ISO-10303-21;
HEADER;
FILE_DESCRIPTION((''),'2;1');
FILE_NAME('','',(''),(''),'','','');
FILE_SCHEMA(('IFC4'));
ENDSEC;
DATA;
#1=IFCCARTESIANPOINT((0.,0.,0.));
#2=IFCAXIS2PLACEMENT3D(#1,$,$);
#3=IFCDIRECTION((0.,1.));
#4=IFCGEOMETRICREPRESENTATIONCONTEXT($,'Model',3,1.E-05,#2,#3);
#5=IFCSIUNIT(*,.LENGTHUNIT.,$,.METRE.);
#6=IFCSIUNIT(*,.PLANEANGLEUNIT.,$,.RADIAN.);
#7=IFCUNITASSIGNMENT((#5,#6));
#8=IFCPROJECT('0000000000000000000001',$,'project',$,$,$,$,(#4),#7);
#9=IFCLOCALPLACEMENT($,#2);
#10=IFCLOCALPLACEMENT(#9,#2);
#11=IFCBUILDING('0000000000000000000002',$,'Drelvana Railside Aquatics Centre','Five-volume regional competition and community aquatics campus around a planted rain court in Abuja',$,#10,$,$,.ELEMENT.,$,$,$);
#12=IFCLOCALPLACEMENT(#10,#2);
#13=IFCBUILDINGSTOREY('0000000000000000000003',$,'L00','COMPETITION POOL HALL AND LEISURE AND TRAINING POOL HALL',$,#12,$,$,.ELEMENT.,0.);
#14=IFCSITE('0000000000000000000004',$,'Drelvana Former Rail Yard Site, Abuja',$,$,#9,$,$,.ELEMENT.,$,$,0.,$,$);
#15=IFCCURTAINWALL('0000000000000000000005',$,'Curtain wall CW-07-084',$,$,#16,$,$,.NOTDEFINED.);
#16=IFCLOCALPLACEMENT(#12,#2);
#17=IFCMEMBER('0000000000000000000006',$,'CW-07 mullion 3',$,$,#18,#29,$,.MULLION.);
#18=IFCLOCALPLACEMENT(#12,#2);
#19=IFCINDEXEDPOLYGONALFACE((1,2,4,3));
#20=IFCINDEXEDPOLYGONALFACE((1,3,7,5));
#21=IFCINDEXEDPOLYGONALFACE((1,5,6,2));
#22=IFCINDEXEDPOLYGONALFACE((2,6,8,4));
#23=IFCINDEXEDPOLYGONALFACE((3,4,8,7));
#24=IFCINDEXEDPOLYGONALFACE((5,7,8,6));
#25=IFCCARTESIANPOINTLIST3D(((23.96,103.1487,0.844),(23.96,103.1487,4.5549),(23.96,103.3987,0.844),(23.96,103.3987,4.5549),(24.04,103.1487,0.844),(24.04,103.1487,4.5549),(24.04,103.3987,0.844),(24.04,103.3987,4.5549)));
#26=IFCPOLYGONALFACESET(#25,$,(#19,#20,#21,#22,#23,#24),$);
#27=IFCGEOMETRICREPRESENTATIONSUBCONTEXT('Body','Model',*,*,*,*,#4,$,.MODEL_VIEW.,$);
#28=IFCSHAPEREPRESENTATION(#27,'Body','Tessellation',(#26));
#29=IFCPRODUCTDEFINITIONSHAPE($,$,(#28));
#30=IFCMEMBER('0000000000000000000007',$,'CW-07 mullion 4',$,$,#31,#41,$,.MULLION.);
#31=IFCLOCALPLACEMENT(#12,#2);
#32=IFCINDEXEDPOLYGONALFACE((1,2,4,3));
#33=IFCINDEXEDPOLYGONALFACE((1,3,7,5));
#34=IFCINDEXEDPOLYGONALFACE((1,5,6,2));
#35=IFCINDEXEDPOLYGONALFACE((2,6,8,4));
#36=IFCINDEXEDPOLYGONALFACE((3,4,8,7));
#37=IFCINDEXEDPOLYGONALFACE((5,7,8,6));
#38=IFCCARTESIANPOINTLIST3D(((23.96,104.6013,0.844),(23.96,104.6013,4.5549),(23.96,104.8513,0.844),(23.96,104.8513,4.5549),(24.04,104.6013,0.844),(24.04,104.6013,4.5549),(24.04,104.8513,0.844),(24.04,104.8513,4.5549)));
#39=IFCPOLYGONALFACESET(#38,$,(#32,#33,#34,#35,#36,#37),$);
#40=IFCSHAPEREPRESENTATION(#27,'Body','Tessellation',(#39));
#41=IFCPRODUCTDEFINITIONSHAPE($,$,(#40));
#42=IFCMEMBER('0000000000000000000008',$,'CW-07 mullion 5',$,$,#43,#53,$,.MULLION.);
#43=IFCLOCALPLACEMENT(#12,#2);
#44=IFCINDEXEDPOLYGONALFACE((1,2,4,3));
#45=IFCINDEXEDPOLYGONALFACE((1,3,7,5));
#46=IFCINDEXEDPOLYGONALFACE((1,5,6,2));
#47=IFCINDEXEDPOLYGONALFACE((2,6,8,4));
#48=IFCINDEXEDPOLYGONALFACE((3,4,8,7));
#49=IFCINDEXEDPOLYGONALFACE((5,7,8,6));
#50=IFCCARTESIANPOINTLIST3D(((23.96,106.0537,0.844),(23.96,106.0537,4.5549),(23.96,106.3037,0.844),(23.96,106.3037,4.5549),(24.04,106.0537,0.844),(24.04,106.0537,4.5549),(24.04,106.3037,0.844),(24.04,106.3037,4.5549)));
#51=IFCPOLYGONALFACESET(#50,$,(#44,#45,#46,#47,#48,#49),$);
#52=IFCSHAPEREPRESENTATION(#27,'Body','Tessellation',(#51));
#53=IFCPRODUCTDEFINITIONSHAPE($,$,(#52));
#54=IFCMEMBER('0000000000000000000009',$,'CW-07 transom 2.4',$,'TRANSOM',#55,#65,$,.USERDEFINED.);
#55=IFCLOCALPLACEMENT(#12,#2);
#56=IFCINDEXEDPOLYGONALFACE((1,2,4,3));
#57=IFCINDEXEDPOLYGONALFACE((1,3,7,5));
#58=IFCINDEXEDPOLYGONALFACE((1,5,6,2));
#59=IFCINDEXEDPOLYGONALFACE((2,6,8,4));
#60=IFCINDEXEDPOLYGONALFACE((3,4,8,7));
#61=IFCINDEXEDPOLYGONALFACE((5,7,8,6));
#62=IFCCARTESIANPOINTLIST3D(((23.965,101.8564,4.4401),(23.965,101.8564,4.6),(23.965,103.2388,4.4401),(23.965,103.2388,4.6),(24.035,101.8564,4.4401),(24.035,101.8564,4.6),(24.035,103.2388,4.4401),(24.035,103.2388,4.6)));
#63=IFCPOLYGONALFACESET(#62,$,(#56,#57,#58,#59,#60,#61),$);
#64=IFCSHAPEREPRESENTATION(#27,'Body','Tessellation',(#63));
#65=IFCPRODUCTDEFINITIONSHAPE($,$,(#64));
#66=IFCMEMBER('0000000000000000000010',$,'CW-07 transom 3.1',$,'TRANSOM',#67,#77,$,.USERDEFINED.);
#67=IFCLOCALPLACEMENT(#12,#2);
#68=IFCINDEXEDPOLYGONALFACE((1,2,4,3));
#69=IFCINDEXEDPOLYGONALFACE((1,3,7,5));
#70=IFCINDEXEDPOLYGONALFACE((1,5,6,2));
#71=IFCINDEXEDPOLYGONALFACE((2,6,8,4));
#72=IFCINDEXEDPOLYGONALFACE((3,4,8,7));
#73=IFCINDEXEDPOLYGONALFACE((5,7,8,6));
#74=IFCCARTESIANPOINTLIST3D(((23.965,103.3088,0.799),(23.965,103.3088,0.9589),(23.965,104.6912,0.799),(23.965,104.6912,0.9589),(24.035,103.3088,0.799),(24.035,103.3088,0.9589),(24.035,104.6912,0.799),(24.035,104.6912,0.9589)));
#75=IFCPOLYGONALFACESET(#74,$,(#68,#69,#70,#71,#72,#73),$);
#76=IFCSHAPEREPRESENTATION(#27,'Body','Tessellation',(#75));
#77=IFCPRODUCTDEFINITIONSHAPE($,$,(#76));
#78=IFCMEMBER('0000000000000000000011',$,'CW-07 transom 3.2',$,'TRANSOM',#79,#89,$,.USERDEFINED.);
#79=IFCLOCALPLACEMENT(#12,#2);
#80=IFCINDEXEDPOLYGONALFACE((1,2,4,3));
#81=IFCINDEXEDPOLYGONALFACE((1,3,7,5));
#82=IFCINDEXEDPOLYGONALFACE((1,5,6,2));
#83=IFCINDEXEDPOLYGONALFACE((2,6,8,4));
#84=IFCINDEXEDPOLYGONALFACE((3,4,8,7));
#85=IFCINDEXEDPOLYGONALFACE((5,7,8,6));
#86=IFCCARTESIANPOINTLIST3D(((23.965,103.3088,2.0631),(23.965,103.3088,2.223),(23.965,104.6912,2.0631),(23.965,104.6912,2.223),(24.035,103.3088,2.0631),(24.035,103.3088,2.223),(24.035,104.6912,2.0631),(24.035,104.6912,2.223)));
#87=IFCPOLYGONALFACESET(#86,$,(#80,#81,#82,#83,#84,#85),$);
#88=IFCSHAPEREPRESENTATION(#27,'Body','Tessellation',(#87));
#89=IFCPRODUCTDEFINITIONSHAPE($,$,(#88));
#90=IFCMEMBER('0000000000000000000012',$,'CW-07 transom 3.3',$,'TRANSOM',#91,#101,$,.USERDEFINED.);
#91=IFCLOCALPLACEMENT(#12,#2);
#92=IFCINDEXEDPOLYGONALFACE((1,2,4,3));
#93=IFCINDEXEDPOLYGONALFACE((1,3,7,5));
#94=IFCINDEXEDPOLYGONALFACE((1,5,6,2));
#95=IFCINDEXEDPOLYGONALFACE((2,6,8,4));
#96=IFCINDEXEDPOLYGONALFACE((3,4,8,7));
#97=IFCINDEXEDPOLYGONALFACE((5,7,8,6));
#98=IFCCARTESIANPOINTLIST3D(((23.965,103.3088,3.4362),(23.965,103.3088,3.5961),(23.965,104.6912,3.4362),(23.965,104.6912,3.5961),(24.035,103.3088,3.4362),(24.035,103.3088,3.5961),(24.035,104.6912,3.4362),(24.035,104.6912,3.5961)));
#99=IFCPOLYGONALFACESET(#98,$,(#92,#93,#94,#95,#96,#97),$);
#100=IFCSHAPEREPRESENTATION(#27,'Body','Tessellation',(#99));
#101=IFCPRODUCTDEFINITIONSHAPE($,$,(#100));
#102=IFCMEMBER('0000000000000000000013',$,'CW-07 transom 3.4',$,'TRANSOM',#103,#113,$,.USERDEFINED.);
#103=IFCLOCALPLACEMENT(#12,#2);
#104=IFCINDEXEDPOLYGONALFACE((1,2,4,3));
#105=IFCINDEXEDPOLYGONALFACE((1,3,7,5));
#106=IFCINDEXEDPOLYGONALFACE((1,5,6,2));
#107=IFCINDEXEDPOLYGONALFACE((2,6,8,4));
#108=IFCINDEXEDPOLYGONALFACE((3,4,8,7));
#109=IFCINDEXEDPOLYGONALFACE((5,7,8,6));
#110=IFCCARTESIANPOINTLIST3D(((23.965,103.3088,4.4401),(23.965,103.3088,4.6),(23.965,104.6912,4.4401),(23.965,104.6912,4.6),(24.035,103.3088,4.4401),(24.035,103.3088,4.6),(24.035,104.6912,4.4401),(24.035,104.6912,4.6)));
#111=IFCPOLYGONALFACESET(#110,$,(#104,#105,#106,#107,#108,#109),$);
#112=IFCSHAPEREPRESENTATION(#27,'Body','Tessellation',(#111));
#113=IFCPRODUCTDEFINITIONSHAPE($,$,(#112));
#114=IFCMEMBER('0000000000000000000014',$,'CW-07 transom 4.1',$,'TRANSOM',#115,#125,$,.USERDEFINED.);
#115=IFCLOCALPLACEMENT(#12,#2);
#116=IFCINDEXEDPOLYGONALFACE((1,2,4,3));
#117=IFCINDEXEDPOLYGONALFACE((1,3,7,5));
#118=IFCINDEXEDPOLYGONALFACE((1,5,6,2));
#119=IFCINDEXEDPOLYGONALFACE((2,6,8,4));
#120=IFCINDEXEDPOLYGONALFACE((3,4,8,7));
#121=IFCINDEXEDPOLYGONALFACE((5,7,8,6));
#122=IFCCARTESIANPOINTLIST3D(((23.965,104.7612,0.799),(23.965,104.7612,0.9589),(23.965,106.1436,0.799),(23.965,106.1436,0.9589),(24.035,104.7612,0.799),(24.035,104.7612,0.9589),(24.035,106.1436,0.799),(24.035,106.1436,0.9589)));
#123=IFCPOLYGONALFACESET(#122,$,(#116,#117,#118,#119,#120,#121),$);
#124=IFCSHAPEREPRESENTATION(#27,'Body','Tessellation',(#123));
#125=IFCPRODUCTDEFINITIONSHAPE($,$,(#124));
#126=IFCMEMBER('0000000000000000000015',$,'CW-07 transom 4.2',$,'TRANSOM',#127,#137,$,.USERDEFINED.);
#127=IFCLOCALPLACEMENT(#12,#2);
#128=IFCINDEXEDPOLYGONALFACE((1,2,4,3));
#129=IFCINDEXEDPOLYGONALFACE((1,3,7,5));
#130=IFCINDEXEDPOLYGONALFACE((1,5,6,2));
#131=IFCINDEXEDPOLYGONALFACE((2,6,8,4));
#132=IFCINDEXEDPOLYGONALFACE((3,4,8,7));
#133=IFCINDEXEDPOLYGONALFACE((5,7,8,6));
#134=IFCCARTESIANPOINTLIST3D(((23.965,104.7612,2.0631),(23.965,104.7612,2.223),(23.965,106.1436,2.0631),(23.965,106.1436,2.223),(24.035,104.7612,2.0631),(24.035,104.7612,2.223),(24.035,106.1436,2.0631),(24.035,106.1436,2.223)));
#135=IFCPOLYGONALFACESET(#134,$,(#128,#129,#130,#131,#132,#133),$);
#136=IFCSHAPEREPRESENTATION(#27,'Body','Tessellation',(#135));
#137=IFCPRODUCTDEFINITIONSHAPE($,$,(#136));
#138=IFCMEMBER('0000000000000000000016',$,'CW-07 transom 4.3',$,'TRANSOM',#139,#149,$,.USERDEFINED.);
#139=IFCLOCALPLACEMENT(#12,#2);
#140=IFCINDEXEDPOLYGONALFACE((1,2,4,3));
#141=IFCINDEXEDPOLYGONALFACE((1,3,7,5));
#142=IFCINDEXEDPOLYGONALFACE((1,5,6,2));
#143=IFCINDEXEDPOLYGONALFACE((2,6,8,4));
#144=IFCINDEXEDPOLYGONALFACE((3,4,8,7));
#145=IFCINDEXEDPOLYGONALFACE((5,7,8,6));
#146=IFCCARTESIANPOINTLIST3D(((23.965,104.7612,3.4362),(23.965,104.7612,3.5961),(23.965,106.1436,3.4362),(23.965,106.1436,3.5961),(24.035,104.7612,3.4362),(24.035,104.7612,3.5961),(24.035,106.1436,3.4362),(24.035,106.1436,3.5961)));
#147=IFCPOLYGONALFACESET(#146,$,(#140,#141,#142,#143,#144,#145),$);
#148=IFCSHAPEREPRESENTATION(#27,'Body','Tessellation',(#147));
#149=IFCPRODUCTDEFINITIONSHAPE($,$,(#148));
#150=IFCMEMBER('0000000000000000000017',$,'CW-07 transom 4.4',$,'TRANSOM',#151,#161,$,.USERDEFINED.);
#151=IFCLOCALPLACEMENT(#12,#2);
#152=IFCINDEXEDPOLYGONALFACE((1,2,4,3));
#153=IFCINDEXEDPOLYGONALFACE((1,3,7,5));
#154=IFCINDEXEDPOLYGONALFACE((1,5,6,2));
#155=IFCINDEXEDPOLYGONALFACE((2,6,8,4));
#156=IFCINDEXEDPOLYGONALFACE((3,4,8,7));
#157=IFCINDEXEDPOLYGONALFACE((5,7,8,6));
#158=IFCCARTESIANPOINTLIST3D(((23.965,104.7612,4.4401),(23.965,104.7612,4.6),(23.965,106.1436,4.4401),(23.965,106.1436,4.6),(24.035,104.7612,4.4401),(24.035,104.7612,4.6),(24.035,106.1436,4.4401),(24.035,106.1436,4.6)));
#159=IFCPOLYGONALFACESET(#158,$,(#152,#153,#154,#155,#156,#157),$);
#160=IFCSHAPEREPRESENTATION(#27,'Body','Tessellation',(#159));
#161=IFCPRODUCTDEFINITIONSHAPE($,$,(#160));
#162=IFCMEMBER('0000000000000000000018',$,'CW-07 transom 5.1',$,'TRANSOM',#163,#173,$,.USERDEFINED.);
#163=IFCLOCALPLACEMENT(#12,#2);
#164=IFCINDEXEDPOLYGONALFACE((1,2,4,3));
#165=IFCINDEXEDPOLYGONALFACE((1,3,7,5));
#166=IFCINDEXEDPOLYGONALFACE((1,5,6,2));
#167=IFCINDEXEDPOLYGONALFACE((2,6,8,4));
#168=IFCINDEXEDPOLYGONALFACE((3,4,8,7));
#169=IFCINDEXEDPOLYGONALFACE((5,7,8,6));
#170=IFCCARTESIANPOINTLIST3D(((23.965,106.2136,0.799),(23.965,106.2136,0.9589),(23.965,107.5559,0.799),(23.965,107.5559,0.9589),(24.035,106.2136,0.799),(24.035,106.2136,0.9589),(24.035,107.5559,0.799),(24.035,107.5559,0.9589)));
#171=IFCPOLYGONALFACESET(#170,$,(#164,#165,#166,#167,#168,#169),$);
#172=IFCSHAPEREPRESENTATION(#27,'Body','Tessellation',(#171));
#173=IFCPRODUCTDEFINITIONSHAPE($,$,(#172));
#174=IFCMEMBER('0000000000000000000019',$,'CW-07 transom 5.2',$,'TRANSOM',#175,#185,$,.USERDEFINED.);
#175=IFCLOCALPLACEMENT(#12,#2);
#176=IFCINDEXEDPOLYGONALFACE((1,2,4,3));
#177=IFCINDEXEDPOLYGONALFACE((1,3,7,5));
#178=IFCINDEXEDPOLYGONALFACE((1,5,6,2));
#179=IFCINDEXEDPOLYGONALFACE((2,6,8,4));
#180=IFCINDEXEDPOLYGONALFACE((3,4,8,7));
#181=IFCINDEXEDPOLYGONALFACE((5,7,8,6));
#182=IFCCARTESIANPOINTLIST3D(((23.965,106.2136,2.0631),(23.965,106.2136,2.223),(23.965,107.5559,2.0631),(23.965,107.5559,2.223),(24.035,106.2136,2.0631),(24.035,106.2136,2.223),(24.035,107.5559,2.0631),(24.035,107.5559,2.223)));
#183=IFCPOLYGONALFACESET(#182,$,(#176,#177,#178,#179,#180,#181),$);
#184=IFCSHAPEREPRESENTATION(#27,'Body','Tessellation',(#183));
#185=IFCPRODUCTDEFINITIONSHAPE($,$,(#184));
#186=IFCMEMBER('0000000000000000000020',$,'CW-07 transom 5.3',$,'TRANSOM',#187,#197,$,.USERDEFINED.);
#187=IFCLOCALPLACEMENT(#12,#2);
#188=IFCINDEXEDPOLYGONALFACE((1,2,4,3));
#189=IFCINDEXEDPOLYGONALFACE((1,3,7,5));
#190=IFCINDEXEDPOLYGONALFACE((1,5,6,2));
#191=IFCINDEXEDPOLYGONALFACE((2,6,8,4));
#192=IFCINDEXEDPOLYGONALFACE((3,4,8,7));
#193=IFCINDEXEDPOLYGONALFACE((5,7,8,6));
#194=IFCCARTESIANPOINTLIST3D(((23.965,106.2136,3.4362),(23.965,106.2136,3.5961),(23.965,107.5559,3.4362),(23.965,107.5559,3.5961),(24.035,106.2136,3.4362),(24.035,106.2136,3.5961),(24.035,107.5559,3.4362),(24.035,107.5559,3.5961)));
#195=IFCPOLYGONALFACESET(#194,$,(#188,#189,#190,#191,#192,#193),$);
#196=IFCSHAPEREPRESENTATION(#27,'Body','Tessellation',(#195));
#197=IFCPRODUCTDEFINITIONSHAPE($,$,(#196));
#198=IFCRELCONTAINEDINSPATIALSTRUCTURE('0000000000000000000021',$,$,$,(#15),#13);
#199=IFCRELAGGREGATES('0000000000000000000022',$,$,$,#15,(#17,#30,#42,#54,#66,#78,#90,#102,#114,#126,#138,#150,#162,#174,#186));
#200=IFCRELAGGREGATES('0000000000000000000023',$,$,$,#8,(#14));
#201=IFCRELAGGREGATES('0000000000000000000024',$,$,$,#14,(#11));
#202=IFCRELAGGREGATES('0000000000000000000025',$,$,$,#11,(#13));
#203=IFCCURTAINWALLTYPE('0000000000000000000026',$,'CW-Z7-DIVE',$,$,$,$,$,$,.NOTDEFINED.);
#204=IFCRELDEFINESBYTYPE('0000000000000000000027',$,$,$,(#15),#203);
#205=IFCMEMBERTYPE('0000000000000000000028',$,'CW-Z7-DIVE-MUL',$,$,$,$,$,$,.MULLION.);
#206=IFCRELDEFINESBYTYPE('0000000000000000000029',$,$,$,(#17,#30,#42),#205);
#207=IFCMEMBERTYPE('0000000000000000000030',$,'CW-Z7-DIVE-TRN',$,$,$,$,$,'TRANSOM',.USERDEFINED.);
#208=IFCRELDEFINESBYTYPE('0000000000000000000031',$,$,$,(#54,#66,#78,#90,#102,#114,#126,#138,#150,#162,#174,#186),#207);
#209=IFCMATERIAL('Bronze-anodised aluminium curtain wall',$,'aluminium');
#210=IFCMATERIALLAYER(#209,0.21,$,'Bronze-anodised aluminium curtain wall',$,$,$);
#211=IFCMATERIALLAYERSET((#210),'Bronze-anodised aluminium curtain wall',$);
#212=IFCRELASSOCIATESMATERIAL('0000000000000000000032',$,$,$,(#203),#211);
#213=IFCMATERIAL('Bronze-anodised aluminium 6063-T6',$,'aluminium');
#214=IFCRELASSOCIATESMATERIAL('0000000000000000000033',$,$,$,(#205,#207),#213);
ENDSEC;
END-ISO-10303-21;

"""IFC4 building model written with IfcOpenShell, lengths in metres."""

from ifc_helpers import new_model, si_unit, direction, frame, origin, origin_2d, place, context, subcontext, project, spatial, rectangle, extrude, material, layer, layer_set, material_profile, profile_set, type_object, element, aggregate, save


model = new_model("IFC4")

# Units and contexts
model_context = context("Model", 3, precision=1e-05, world=origin(), true_north=direction((0.0, 1.0)))
body_context = subcontext(model_context, "Body", "Model", "MODEL_VIEW")
ifc_project = project(units=[si_unit("LENGTHUNIT", "METRE"), si_unit("PLANEANGLEUNIT", "RADIAN")], contexts=[model_context])

# Site, building, storey
site_placement = place(None, origin())
site = spatial("IfcSite", under=ifc_project, at=site_placement, Name="Drelvana Former Rail Yard Site, Abuja", CompositionType="ELEMENT", RefElevation=0.0)
building_placement = place(site_placement, origin())
building = spatial("IfcBuilding", under=site, at=building_placement, Name="Drelvana Railside Aquatics Centre", Description="Five-volume regional competition and community aquatics campus around a planted rain court in Abuja", CompositionType="ELEMENT")
storey_placement = place(building_placement, origin())
storey = spatial("IfcBuildingStorey", under=building, at=storey_placement, Name="L00", Description="COMPETITION POOL HALL AND LEISURE AND TRAINING POOL HALL", CompositionType="ELEMENT", Elevation=0.0)

# Curtain wall, members
ifc_material_1 = material(Name="Bronze-anodised aluminium curtain wall", Category="aluminium")
ifc_layer_1 = layer(ifc_material_1, 0.21, Name="Bronze-anodised aluminium curtain wall")
ifc_layer_set_1 = layer_set([ifc_layer_1], Name="Bronze-anodised aluminium curtain wall")
curtain_wall_type = type_object("IfcCurtainWallType", Name="CW-Z7-DIVE", PredefinedType="NOTDEFINED", material=ifc_layer_set_1)
curtain_wall_placement = place(storey_placement, origin())
curtain_wall = element("IfcCurtainWall", 1, at=curtain_wall_placement, inside=storey, type_object=curtain_wall_type, Name="Curtain wall CW-07-084", PredefinedType="NOTDEFINED")
ifc_material_2 = material(Name="Bronze-anodised aluminium 6063-T6", Category="aluminium")
ifc_material_profile_1 = material_profile(ifc_material_2, rectangle(XDim=0.0801, YDim=0.25, at=origin_2d()), Name="ALU-M 80x250")
ifc_profile_set_1 = profile_set([ifc_material_profile_1], Name="Bronze-anodised aluminium 6063-T6")
member_type_1 = type_object("IfcMemberType", Name="CW-Z7-DIVE-MUL", PredefinedType="MULLION", material=ifc_profile_set_1)
member_1_placement = place(storey_placement, frame((24.0, 103.2737, 0.844), z_axis=(0.0, 0.0, 1.0), x_axis=(-1.0, 0.0, 0.0)))
member_1 = element("IfcMember", 2, at=member_1_placement, type_object=member_type_1, Name="CW-07 mullion 3", PredefinedType="MULLION", context=body_context, shape_type="SweptSolid", body=[
    extrude(rectangle(XDim=0.0801, YDim=0.25, at=origin_2d()), origin(), (0.0, 0.0, 1.0), 3.7109),
])
member_2_placement = place(storey_placement, frame((24.0, 104.7263, 0.844), z_axis=(0.0, 0.0, 1.0), x_axis=(-1.0, 0.0, 0.0)))
member_2 = element("IfcMember", 3, at=member_2_placement, type_object=member_type_1, Name="CW-07 mullion 4", PredefinedType="MULLION", context=body_context, shape_type="SweptSolid", body=[
    extrude(rectangle(XDim=0.0801, YDim=0.25, at=origin_2d()), origin(), (0.0, 0.0, 1.0), 3.7109),
])
member_3_placement = place(storey_placement, frame((24.0, 106.1787, 0.844), z_axis=(0.0, 0.0, 1.0), x_axis=(-1.0, 0.0, 0.0)))
member_3 = element("IfcMember", 4, at=member_3_placement, type_object=member_type_1, Name="CW-07 mullion 5", PredefinedType="MULLION", context=body_context, shape_type="SweptSolid", body=[
    extrude(rectangle(XDim=0.0801, YDim=0.25, at=origin_2d()), origin(), (0.0, 0.0, 1.0), 3.7109),
])
ifc_material_profile_2 = material_profile(ifc_material_2, rectangle(XDim=0.1599, YDim=0.0701, at=origin_2d()), Name="ALU-T 70x160")
ifc_profile_set_2 = profile_set([ifc_material_profile_2], Name="Bronze-anodised aluminium 6063-T6")
member_type_2 = type_object("IfcMemberType", Name="CW-Z7-DIVE-TRN", ElementType="TRANSOM", PredefinedType="USERDEFINED", material=ifc_profile_set_2)
member_4_placement = place(storey_placement, frame((24.0, 101.8564, 4.52), z_axis=(0.0, 1.0, 0.0), x_axis=(0.0, 0.0, 1.0)))
member_4 = element("IfcMember", 5, at=member_4_placement, type_object=member_type_2, Name="CW-07 transom 2.4", ObjectType="TRANSOM", PredefinedType="USERDEFINED", context=body_context, shape_type="SweptSolid", body=[
    extrude(rectangle(XDim=0.1599, YDim=0.0701, at=origin_2d()), origin(), (0.0, 0.0, 1.0), 1.3823),
])
member_5_placement = place(storey_placement, frame((24.0, 103.3088, 0.8789), z_axis=(0.0, 1.0, 0.0), x_axis=(0.0, 0.0, 1.0)))
member_5 = element("IfcMember", 6, at=member_5_placement, type_object=member_type_2, Name="CW-07 transom 3.1", ObjectType="TRANSOM", PredefinedType="USERDEFINED", context=body_context, shape_type="SweptSolid", body=[
    extrude(rectangle(XDim=0.1599, YDim=0.0701, at=origin_2d()), origin(), (0.0, 0.0, 1.0), 1.3823),
])
member_6_placement = place(storey_placement, frame((24.0, 103.3088, 2.1431), z_axis=(0.0, 1.0, 0.0), x_axis=(0.0, 0.0, 1.0)))
member_6 = element("IfcMember", 7, at=member_6_placement, type_object=member_type_2, Name="CW-07 transom 3.2", ObjectType="TRANSOM", PredefinedType="USERDEFINED", context=body_context, shape_type="SweptSolid", body=[
    extrude(rectangle(XDim=0.1599, YDim=0.0701, at=origin_2d()), origin(), (0.0, 0.0, 1.0), 1.3823),
])
member_7_placement = place(storey_placement, frame((24.0, 103.3088, 3.5161), z_axis=(0.0, 1.0, 0.0), x_axis=(0.0, 0.0, 1.0)))
member_7 = element("IfcMember", 8, at=member_7_placement, type_object=member_type_2, Name="CW-07 transom 3.3", ObjectType="TRANSOM", PredefinedType="USERDEFINED", context=body_context, shape_type="SweptSolid", body=[
    extrude(rectangle(XDim=0.1599, YDim=0.0701, at=origin_2d()), origin(), (0.0, 0.0, 1.0), 1.3823),
])
member_8_placement = place(storey_placement, frame((24.0, 103.3088, 4.52), z_axis=(0.0, 1.0, 0.0), x_axis=(0.0, 0.0, 1.0)))
member_8 = element("IfcMember", 9, at=member_8_placement, type_object=member_type_2, Name="CW-07 transom 3.4", ObjectType="TRANSOM", PredefinedType="USERDEFINED", context=body_context, shape_type="SweptSolid", body=[
    extrude(rectangle(XDim=0.1599, YDim=0.0701, at=origin_2d()), origin(), (0.0, 0.0, 1.0), 1.3823),
])
member_9_placement = place(storey_placement, frame((24.0, 104.7612, 0.8789), z_axis=(0.0, 1.0, 0.0), x_axis=(0.0, 0.0, 1.0)))
member_9 = element("IfcMember", 10, at=member_9_placement, type_object=member_type_2, Name="CW-07 transom 4.1", ObjectType="TRANSOM", PredefinedType="USERDEFINED", context=body_context, shape_type="SweptSolid", body=[
    extrude(rectangle(XDim=0.1599, YDim=0.0701, at=origin_2d()), origin(), (0.0, 0.0, 1.0), 1.3823),
])
member_10_placement = place(storey_placement, frame((24.0, 104.7612, 2.1431), z_axis=(0.0, 1.0, 0.0), x_axis=(0.0, 0.0, 1.0)))
member_10 = element("IfcMember", 11, at=member_10_placement, type_object=member_type_2, Name="CW-07 transom 4.2", ObjectType="TRANSOM", PredefinedType="USERDEFINED", context=body_context, shape_type="SweptSolid", body=[
    extrude(rectangle(XDim=0.1599, YDim=0.0701, at=origin_2d()), origin(), (0.0, 0.0, 1.0), 1.3823),
])
member_11_placement = place(storey_placement, frame((24.0, 104.7612, 3.5161), z_axis=(0.0, 1.0, 0.0), x_axis=(0.0, 0.0, 1.0)))
member_11 = element("IfcMember", 12, at=member_11_placement, type_object=member_type_2, Name="CW-07 transom 4.3", ObjectType="TRANSOM", PredefinedType="USERDEFINED", context=body_context, shape_type="SweptSolid", body=[
    extrude(rectangle(XDim=0.1599, YDim=0.0701, at=origin_2d()), origin(), (0.0, 0.0, 1.0), 1.3823),
])
member_12_placement = place(storey_placement, frame((24.0, 104.7612, 4.52), z_axis=(0.0, 1.0, 0.0), x_axis=(0.0, 0.0, 1.0)))
member_12 = element("IfcMember", 13, at=member_12_placement, type_object=member_type_2, Name="CW-07 transom 4.4", ObjectType="TRANSOM", PredefinedType="USERDEFINED", context=body_context, shape_type="SweptSolid", body=[
    extrude(rectangle(XDim=0.1599, YDim=0.0701, at=origin_2d()), origin(), (0.0, 0.0, 1.0), 1.3823),
])
member_13_placement = place(storey_placement, frame((24.0, 106.2136, 0.8789), z_axis=(0.0, 1.0, 0.0), x_axis=(0.0, 0.0, 1.0)))
member_13 = element("IfcMember", 14, at=member_13_placement, type_object=member_type_2, Name="CW-07 transom 5.1", ObjectType="TRANSOM", PredefinedType="USERDEFINED", context=body_context, shape_type="SweptSolid", body=[
    extrude(rectangle(XDim=0.1599, YDim=0.0701, at=origin_2d()), origin(), (0.0, 0.0, 1.0), 1.3423),
])
member_14_placement = place(storey_placement, frame((24.0, 106.2136, 2.1431), z_axis=(0.0, 1.0, 0.0), x_axis=(0.0, 0.0, 1.0)))
member_14 = element("IfcMember", 15, at=member_14_placement, type_object=member_type_2, Name="CW-07 transom 5.2", ObjectType="TRANSOM", PredefinedType="USERDEFINED", context=body_context, shape_type="SweptSolid", body=[
    extrude(rectangle(XDim=0.1599, YDim=0.0701, at=origin_2d()), origin(), (0.0, 0.0, 1.0), 1.3423),
])
member_15_placement = place(storey_placement, frame((24.0, 106.2136, 3.5161), z_axis=(0.0, 1.0, 0.0), x_axis=(0.0, 0.0, 1.0)))
member_15 = element("IfcMember", 16, at=member_15_placement, type_object=member_type_2, Name="CW-07 transom 5.3", ObjectType="TRANSOM", PredefinedType="USERDEFINED", context=body_context, shape_type="SweptSolid", body=[
    extrude(rectangle(XDim=0.1599, YDim=0.0701, at=origin_2d()), origin(), (0.0, 0.0, 1.0), 1.3423),
])
aggregate(curtain_wall, [member_1, member_2, member_3, member_4, member_5, member_6, member_7, member_8, member_9, member_10, member_11, member_12, member_13, member_14, member_15])

save(model, "model.ifc")
